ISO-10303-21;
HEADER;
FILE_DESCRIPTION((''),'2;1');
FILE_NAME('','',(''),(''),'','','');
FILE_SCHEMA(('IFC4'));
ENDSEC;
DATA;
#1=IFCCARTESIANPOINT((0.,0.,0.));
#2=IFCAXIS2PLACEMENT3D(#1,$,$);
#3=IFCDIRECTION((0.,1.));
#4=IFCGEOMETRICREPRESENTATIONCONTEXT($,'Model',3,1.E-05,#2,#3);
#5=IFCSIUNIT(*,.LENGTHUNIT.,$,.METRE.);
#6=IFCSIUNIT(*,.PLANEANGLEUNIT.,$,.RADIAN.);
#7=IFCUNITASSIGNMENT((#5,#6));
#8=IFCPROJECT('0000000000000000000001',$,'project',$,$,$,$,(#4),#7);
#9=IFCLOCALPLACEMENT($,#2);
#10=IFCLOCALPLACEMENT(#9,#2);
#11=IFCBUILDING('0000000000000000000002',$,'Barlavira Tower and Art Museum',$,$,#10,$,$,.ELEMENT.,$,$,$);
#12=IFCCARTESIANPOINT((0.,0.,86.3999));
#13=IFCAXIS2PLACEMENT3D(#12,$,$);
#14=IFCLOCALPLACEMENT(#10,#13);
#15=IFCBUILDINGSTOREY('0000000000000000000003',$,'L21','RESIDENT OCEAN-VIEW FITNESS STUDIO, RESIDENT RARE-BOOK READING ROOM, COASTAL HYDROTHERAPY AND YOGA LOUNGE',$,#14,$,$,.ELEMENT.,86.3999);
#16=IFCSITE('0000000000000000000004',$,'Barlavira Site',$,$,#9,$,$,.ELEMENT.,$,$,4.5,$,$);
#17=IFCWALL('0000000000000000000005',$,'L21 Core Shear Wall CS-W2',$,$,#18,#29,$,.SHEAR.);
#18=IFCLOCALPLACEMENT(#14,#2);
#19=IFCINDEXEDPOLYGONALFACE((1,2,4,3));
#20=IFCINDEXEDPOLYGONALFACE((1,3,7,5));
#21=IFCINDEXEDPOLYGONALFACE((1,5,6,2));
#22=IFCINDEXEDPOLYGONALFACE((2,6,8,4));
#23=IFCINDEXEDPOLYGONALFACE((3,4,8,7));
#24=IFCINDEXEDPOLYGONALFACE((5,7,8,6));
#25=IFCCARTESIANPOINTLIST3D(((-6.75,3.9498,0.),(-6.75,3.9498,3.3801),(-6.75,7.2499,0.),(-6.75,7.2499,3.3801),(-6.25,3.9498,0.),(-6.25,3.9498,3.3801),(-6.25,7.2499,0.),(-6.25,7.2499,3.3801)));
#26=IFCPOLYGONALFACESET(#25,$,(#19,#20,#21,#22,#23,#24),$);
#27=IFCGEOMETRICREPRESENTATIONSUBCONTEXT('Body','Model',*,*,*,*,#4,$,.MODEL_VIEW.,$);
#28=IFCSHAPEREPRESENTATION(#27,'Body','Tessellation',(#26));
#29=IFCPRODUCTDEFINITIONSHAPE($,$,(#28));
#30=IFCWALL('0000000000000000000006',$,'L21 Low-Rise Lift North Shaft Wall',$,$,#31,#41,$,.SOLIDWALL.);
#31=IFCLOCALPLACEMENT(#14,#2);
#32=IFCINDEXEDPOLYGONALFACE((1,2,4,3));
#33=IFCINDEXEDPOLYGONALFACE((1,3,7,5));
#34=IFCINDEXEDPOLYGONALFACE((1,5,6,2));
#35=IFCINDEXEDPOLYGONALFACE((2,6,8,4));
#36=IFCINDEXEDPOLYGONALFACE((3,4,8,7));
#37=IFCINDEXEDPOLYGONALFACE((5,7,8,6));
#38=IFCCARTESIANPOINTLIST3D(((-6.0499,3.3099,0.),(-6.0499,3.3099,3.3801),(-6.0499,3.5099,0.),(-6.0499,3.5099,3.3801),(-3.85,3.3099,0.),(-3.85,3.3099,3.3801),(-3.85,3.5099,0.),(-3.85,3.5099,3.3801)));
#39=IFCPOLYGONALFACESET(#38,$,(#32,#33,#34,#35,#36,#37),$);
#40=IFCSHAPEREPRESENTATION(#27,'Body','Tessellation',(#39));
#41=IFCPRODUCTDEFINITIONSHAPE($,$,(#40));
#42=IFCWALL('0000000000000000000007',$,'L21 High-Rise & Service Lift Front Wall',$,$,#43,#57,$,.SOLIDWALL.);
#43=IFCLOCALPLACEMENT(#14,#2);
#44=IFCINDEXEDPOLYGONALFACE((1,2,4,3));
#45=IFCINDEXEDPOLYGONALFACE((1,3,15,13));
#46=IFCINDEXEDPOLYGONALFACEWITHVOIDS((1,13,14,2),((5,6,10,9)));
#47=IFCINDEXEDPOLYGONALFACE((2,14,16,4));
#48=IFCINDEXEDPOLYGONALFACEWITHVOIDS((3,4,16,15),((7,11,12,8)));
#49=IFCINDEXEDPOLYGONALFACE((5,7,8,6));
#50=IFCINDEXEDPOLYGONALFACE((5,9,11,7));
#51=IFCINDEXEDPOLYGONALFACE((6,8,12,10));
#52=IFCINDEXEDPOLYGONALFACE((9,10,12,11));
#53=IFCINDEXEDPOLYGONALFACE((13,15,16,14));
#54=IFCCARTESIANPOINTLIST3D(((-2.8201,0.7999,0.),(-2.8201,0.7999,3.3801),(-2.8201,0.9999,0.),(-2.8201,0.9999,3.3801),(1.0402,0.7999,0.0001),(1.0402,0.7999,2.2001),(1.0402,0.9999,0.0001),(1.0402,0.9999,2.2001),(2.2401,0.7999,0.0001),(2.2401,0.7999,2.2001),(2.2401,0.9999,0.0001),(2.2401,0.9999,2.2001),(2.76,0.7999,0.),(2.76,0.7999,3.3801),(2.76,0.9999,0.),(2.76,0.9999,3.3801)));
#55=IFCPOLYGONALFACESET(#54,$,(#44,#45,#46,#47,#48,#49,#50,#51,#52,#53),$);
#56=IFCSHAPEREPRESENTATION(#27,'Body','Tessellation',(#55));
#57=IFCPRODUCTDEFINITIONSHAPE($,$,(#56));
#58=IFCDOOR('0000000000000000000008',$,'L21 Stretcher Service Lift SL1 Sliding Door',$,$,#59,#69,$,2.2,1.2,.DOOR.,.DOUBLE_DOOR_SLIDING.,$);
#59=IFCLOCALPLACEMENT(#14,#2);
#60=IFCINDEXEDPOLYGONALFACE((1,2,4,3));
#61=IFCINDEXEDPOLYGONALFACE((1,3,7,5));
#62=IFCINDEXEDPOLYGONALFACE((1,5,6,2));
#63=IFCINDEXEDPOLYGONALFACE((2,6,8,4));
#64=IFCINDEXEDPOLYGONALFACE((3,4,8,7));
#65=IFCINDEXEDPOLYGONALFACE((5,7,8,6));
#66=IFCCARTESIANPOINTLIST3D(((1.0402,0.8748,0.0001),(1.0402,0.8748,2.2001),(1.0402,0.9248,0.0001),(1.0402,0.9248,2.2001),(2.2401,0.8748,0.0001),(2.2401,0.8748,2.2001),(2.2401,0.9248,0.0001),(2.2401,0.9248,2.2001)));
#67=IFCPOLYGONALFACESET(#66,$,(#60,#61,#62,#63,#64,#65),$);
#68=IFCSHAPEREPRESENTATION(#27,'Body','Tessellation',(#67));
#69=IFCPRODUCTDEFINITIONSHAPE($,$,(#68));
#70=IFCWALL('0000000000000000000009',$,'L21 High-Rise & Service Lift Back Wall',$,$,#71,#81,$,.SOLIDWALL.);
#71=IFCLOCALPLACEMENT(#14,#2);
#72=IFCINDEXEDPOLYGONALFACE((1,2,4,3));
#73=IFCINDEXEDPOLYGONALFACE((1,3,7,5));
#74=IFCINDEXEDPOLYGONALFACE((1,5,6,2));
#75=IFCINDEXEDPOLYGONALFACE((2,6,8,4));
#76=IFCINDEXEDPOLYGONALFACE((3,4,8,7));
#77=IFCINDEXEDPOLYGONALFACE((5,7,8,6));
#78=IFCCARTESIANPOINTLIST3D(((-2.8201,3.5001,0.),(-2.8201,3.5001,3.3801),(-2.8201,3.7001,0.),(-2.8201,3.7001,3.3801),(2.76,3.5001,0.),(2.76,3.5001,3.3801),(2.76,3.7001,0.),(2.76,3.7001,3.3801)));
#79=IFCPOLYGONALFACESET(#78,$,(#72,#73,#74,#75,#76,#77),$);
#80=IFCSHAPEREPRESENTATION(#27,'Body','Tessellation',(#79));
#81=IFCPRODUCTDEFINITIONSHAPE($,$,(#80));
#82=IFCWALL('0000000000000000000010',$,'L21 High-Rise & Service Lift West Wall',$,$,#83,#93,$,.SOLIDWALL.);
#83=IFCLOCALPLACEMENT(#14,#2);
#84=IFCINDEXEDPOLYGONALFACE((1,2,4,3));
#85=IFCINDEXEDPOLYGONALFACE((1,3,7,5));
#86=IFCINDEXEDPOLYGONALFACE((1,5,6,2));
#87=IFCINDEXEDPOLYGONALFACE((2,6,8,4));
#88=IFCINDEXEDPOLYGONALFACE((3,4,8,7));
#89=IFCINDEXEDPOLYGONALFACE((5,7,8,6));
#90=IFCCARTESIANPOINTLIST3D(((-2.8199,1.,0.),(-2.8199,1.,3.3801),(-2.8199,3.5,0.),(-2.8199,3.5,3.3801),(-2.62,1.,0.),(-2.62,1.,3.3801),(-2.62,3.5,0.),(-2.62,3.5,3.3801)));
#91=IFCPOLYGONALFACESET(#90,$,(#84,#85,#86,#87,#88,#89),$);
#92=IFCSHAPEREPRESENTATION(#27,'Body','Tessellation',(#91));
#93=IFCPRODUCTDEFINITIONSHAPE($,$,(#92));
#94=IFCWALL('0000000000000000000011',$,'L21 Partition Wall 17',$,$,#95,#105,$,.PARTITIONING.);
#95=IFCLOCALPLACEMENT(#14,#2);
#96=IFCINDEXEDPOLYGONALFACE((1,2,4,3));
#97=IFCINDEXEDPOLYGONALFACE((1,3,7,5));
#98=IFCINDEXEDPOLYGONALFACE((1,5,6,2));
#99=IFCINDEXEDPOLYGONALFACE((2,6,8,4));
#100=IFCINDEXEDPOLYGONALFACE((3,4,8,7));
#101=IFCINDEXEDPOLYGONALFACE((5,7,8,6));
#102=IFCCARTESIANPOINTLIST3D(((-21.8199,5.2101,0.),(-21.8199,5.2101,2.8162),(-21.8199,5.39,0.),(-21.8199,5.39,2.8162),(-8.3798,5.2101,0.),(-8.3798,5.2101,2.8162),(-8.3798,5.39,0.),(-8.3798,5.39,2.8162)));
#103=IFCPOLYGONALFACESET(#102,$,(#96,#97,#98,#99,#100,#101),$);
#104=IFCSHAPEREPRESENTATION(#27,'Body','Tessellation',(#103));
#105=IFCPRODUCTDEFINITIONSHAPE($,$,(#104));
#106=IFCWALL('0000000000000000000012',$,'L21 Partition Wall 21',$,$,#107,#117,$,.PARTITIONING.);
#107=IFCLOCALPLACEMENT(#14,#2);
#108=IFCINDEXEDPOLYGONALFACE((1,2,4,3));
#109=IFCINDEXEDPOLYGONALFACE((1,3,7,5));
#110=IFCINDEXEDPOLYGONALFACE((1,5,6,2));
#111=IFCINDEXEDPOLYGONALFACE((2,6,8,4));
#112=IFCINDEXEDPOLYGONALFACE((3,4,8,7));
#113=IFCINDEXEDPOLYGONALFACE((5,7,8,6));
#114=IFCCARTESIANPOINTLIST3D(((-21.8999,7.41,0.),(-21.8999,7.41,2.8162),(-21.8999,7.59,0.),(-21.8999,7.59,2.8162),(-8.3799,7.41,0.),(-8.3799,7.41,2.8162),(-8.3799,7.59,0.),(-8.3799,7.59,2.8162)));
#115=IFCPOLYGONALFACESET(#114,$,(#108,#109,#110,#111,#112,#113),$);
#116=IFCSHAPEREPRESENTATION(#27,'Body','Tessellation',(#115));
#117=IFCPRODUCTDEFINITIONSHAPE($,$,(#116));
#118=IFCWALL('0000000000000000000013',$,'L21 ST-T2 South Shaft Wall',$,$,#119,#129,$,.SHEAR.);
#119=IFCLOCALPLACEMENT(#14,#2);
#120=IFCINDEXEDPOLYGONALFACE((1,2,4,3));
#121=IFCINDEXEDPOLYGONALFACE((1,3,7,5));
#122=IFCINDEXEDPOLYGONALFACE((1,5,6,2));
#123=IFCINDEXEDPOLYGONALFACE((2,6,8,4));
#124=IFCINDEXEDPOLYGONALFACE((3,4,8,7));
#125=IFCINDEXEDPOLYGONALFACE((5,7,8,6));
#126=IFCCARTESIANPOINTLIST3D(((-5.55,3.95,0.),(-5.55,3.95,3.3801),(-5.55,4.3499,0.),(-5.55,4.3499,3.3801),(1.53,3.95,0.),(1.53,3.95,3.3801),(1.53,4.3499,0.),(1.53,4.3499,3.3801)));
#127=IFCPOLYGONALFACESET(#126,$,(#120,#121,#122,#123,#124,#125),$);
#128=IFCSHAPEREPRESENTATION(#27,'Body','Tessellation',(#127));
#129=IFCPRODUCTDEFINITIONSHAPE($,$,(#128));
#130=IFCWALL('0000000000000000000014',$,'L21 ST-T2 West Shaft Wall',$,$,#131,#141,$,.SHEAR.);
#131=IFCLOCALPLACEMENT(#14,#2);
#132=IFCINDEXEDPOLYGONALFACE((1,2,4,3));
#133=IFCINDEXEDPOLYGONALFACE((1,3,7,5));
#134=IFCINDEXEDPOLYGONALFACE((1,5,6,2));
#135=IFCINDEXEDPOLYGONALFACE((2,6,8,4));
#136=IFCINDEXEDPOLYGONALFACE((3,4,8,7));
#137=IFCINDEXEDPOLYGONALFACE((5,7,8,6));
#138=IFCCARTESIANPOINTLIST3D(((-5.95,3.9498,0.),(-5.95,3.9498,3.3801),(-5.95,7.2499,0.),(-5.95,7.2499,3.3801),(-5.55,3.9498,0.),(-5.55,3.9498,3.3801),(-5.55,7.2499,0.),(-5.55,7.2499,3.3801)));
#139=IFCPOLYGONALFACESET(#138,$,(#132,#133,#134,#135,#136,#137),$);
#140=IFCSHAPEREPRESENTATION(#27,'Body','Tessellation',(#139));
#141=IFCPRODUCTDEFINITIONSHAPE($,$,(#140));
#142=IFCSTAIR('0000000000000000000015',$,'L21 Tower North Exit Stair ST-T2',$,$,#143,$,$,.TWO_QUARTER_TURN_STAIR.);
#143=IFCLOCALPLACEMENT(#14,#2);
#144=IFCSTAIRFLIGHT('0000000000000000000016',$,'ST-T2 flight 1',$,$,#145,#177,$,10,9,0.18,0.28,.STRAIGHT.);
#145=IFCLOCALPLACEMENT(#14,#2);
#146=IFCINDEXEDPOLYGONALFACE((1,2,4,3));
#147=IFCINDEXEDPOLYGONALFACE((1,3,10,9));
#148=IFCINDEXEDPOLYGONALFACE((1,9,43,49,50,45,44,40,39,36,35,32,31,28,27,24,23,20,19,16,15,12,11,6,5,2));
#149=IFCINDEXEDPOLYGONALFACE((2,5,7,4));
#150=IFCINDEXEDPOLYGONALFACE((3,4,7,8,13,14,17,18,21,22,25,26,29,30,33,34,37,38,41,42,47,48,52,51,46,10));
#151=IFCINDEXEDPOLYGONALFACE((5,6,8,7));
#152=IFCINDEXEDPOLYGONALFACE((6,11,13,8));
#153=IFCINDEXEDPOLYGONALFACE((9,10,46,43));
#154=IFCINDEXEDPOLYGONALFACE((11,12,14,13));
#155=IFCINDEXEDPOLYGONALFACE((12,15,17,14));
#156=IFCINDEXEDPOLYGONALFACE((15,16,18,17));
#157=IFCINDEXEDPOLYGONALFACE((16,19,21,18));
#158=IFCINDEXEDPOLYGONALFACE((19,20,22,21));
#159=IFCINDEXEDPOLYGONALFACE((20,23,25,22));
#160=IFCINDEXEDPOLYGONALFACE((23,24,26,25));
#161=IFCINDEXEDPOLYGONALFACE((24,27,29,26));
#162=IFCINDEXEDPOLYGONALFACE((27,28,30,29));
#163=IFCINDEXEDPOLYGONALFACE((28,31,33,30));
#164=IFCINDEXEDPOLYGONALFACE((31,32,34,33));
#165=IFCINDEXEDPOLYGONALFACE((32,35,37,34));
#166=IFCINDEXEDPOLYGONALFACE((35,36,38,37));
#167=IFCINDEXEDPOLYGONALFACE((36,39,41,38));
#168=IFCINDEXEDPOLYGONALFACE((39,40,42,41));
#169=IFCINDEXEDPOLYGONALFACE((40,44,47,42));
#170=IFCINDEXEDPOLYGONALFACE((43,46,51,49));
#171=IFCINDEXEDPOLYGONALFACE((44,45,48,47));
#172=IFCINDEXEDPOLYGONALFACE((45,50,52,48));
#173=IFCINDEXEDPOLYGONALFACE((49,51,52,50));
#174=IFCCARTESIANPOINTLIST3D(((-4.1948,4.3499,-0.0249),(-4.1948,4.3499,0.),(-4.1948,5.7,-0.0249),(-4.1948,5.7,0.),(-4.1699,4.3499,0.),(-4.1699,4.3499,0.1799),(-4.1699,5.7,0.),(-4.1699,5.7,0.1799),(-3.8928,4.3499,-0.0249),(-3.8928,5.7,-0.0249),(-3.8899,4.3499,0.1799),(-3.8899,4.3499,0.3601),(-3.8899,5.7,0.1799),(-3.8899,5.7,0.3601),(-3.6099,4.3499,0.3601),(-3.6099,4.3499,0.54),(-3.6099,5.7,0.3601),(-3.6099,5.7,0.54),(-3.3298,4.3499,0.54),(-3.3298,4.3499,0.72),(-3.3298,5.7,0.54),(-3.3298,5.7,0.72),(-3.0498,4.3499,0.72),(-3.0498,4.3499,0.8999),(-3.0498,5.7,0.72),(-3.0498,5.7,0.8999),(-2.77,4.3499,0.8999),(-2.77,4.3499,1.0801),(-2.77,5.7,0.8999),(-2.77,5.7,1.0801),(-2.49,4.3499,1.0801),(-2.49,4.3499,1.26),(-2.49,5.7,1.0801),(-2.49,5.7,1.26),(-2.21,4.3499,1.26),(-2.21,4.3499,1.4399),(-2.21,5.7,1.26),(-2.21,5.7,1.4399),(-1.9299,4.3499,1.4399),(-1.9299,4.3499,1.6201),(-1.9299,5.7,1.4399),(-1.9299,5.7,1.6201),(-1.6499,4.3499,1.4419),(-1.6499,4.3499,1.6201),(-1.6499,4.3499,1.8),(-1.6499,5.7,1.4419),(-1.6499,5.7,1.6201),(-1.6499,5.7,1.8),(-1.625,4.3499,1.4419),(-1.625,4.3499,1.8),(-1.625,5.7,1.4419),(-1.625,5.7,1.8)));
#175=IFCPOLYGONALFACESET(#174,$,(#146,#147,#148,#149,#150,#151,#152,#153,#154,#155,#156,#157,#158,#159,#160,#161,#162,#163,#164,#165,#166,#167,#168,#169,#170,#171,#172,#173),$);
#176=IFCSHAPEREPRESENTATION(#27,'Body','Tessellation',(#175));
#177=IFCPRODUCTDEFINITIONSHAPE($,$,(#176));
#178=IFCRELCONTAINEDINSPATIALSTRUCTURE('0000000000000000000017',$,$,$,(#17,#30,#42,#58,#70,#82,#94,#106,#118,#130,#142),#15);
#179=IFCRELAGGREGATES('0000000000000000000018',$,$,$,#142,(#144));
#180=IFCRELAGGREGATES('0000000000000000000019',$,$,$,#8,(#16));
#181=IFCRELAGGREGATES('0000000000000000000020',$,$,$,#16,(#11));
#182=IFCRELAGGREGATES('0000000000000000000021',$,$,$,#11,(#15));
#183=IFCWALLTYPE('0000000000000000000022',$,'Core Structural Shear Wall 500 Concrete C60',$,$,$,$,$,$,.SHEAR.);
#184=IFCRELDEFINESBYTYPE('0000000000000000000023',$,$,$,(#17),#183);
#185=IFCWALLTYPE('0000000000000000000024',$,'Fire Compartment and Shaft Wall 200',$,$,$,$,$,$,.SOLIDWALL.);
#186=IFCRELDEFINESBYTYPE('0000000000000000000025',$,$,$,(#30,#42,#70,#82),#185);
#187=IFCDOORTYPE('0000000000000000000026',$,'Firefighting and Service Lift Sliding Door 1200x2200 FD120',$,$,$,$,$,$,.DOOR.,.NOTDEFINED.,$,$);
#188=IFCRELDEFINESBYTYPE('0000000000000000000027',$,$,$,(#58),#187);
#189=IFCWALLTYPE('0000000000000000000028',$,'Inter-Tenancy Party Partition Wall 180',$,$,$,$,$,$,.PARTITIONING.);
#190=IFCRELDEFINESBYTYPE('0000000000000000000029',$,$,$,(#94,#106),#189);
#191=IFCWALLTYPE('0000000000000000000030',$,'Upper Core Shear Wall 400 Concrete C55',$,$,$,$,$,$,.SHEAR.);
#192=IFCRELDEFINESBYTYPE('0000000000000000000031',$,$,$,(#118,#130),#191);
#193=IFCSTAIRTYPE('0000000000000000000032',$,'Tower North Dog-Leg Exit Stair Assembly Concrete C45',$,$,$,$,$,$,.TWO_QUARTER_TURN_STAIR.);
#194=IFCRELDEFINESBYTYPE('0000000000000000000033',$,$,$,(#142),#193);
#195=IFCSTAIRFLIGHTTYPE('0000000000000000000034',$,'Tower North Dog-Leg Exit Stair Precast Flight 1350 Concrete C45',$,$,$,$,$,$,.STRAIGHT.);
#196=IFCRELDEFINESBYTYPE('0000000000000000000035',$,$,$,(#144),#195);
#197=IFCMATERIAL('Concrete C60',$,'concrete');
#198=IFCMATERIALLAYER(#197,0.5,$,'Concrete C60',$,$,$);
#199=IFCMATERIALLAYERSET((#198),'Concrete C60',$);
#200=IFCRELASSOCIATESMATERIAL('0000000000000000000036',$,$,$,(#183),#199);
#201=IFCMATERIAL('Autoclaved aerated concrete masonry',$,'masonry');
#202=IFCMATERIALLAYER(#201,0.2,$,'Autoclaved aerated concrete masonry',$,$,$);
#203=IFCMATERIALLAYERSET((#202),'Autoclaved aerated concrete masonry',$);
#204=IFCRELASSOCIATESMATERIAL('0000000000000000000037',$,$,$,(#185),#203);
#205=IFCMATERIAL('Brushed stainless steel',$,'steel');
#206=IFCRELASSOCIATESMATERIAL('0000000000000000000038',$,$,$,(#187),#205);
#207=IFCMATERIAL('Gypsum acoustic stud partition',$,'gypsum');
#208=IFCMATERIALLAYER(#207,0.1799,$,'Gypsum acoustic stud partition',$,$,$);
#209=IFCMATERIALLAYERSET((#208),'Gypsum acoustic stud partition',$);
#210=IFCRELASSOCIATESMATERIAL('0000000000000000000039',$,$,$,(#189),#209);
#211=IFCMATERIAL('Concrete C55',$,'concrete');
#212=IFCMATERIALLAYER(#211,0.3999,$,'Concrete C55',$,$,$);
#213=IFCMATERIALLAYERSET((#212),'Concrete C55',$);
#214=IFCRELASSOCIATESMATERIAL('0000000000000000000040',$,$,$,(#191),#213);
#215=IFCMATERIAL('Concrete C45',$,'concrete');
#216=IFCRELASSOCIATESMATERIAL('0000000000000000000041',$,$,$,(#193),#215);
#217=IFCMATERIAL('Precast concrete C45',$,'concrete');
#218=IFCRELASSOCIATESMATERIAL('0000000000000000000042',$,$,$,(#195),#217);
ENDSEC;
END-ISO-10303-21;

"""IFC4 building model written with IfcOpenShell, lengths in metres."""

from ifc_helpers import new_model, si_unit, direction, frame, frame_2d, origin, place, context, subcontext, project, spatial, polyline, rectangle, outline, extrude, material, layer, layer_set, type_object, element, fill, aggregate, save


model = new_model("IFC4")

# Units and contexts
model_context = context("Model", 3, precision=1e-05, world=origin(), true_north=direction((0.0, 1.0)))
body_context = subcontext(model_context, "Body", "Model", "MODEL_VIEW")
ifc_project = project(units=[si_unit("LENGTHUNIT", "METRE"), si_unit("PLANEANGLEUNIT", "RADIAN")], contexts=[model_context])

# Site, building, storey
site_placement = place(None, origin())
site = spatial("IfcSite", under=ifc_project, at=site_placement, Name="Barlavira Site", CompositionType="ELEMENT", RefElevation=4.5)
building_placement = place(site_placement, origin())
building = spatial("IfcBuilding", under=site, at=building_placement, Name="Barlavira Tower and Art Museum", CompositionType="ELEMENT")
storey_placement = place(building_placement, frame((0.0, 0.0, 86.3999)))
storey = spatial("IfcBuildingStorey", under=building, at=storey_placement, Name="L21", Description="RESIDENT OCEAN-VIEW FITNESS STUDIO, RESIDENT RARE-BOOK READING ROOM, COASTAL HYDROTHERAPY AND YOGA LOUNGE", CompositionType="ELEMENT", Elevation=86.3999)

# Shared definitions
ifc_material_1 = material(Name="Concrete C60", Category="concrete")

# Walls
ifc_layer_1 = layer(ifc_material_1, 0.5, Name="Concrete C60")
ifc_layer_set_1 = layer_set([ifc_layer_1], Name="Concrete C60")
wall_type_1 = type_object("IfcWallType", Name="Core Structural Shear Wall 500 Concrete C60", PredefinedType="SHEAR", material=ifc_layer_set_1)
wall_1_placement = place(storey_placement, frame((-6.5, 3.95, 0.0), z_axis=(0.0, 0.0, 1.0), x_axis=(0.0, 1.0, 0.0)))
element("IfcWall", 1, at=wall_1_placement, inside=storey, type_object=wall_type_1, Name="L21 Core Shear Wall CS-W2", PredefinedType="SHEAR", context=body_context, shape_type="SweptSolid", body=[
    extrude(rectangle(XDim=3.3, YDim=0.5, at=frame_2d((1.6499, 0.0))), origin(), (0.0, 0.0, 1.0), 3.3801),
])
ifc_material_2 = material(Name="Autoclaved aerated concrete masonry", Category="masonry")
ifc_layer_2 = layer(ifc_material_2, 0.2, Name="Autoclaved aerated concrete masonry")
ifc_layer_set_2 = layer_set([ifc_layer_2], Name="Autoclaved aerated concrete masonry")
wall_type_2 = type_object("IfcWallType", Name="Fire Compartment and Shaft Wall 200", PredefinedType="SOLIDWALL", material=ifc_layer_set_2)
wall_2_placement = place(storey_placement, frame((-6.05, 3.4099, 0.0), z_axis=(0.0, 0.0, 1.0), x_axis=(1.0, 0.0, 0.0)))
element("IfcWall", 2, at=wall_2_placement, inside=storey, type_object=wall_type_2, Name="L21 Low-Rise Lift North Shaft Wall", PredefinedType="SOLIDWALL", context=body_context, shape_type="SweptSolid", body=[
    extrude(rectangle(XDim=2.2, YDim=0.2, at=frame_2d((1.1001, 0.0))), origin(), (0.0, 0.0, 1.0), 3.3801),
])

# Wall, opening, door
wall_3_placement = place(storey_placement, frame((-2.8201, 0.8999, 0.0), z_axis=(0.0, 0.0, 1.0), x_axis=(1.0, 0.0, 0.0)))
wall_3 = element("IfcWall", 3, at=wall_3_placement, inside=storey, type_object=wall_type_2, Name="L21 High-Rise & Service Lift Front Wall", PredefinedType="SOLIDWALL", context=body_context, shape_type="SweptSolid", body=[
    extrude(rectangle(XDim=5.5801, YDim=0.2, at=frame_2d((2.79, 0.0))), origin(), (0.0, 0.0, 1.0), 3.3801),
])
opening_placement = place(wall_3_placement, frame((3.8601, 0.0, 0.0)))
opening = element("IfcOpeningElement", 4, at=opening_placement, cuts=wall_3, PredefinedType="OPENING", context=body_context, shape_type="SweptSolid", body=[
    extrude(rectangle(XDim=1.2, YDim=2.2, at=frame_2d((0.6001, 1.1001))), frame((0.0, 0.1099, 0.0), z_axis=(0.0, -1.0, 0.0), x_axis=(1.0, 0.0, 0.0)), (0.0, 0.0, 1.0), 0.22),
])
ifc_material_3 = material(Name="Brushed stainless steel", Category="steel")
door_type = type_object("IfcDoorType", Name="Firefighting and Service Lift Sliding Door 1200x2200 FD120", OperationType="NOTDEFINED", PredefinedType="DOOR", material=ifc_material_3)
door_placement = place(opening_placement, origin())
door = element("IfcDoor", 5, at=door_placement, inside=storey, type_object=door_type, Name="L21 Stretcher Service Lift SL1 Sliding Door", OperationType="DOUBLE_DOOR_SLIDING", OverallHeight=2.2, OverallWidth=1.2, PredefinedType="DOOR", context=body_context, shape_type="SweptSolid", body=[
    extrude(rectangle(XDim=1.2, YDim=2.2, at=frame_2d((0.6001, 1.1001))), frame((0.0, 0.0249, 0.0), z_axis=(0.0, -1.0, 0.0), x_axis=(1.0, 0.0, 0.0)), (0.0, 0.0, 1.0), 0.05),
])
fill(opening, door)

# Walls
wall_4_placement = place(storey_placement, frame((-2.8201, 3.6001, 0.0), z_axis=(0.0, 0.0, 1.0), x_axis=(1.0, 0.0, 0.0)))
element("IfcWall", 6, at=wall_4_placement, inside=storey, type_object=wall_type_2, Name="L21 High-Rise & Service Lift Back Wall", PredefinedType="SOLIDWALL", context=body_context, shape_type="SweptSolid", body=[
    extrude(rectangle(XDim=5.5801, YDim=0.2, at=frame_2d((2.79, 0.0))), origin(), (0.0, 0.0, 1.0), 3.3801),
])
wall_5_placement = place(storey_placement, frame((-2.72, 1.0, 0.0), z_axis=(0.0, 0.0, 1.0), x_axis=(0.0, 1.0, 0.0)))
element("IfcWall", 7, at=wall_5_placement, inside=storey, type_object=wall_type_2, Name="L21 High-Rise & Service Lift West Wall", PredefinedType="SOLIDWALL", context=body_context, shape_type="SweptSolid", body=[
    extrude(rectangle(XDim=2.5, YDim=0.2, at=frame_2d((1.25, 0.0))), origin(), (0.0, 0.0, 1.0), 3.3801),
])
ifc_material_4 = material(Name="Gypsum acoustic stud partition", Category="gypsum")
ifc_layer_3 = layer(ifc_material_4, 0.1799, Name="Gypsum acoustic stud partition")
ifc_layer_set_3 = layer_set([ifc_layer_3], Name="Gypsum acoustic stud partition")
wall_type_3 = type_object("IfcWallType", Name="Inter-Tenancy Party Partition Wall 180", PredefinedType="PARTITIONING", material=ifc_layer_set_3)
wall_6_placement = place(storey_placement, frame((-21.8201, 5.3, 0.0), z_axis=(0.0, 0.0, 1.0), x_axis=(1.0, 0.0, 0.0)))
element("IfcWall", 8, at=wall_6_placement, inside=storey, type_object=wall_type_3, Name="L21 Partition Wall 17", PredefinedType="PARTITIONING", context=body_context, shape_type="SweptSolid", body=[
    extrude(rectangle(XDim=13.4402, YDim=0.1799, at=frame_2d((6.7202, 0.0))), origin(), (0.0, 0.0, 1.0), 2.8162),
])
wall_7_placement = place(storey_placement, frame((-21.8999, 7.5, 0.0), z_axis=(0.0, 0.0, 1.0), x_axis=(1.0, 0.0, 0.0)))
element("IfcWall", 9, at=wall_7_placement, inside=storey, type_object=wall_type_3, Name="L21 Partition Wall 21", PredefinedType="PARTITIONING", context=body_context, shape_type="SweptSolid", body=[
    extrude(rectangle(XDim=13.52, YDim=0.1799, at=frame_2d((6.76, 0.0))), origin(), (0.0, 0.0, 1.0), 2.8162),
])
ifc_material_5 = material(Name="Concrete C55", Category="concrete")
ifc_layer_4 = layer(ifc_material_5, 0.3999, Name="Concrete C55")
ifc_layer_set_4 = layer_set([ifc_layer_4], Name="Concrete C55")
wall_type_4 = type_object("IfcWallType", Name="Upper Core Shear Wall 400 Concrete C55", PredefinedType="SHEAR", material=ifc_layer_set_4)
wall_8_placement = place(storey_placement, frame((-5.55, 4.1499, 0.0), z_axis=(0.0, 0.0, 1.0), x_axis=(1.0, 0.0, 0.0)))
element("IfcWall", 10, at=wall_8_placement, inside=storey, type_object=wall_type_4, Name="L21 ST-T2 South Shaft Wall", PredefinedType="SHEAR", context=body_context, shape_type="SweptSolid", body=[
    extrude(rectangle(XDim=7.0801, YDim=0.3999, at=frame_2d((3.54, 0.0))), origin(), (0.0, 0.0, 1.0), 3.3801),
])
wall_9_placement = place(storey_placement, frame((-5.75, 3.95, 0.0), z_axis=(0.0, 0.0, 1.0), x_axis=(0.0, 1.0, 0.0)))
element("IfcWall", 11, at=wall_9_placement, inside=storey, type_object=wall_type_4, Name="L21 ST-T2 West Shaft Wall", PredefinedType="SHEAR", context=body_context, shape_type="SweptSolid", body=[
    extrude(rectangle(XDim=3.3, YDim=0.3999, at=frame_2d((1.6499, 0.0))), origin(), (0.0, 0.0, 1.0), 3.3801),
])

# Stair, stair flight
ifc_material_6 = material(Name="Concrete C45", Category="concrete")
stair_type = type_object("IfcStairType", Name="Tower North Dog-Leg Exit Stair Assembly Concrete C45", PredefinedType="TWO_QUARTER_TURN_STAIR", material=ifc_material_6)
stair_placement = place(storey_placement, origin())
stair = element("IfcStair", 12, at=stair_placement, inside=storey, type_object=stair_type, Name="L21 Tower North Exit Stair ST-T2", PredefinedType="TWO_QUARTER_TURN_STAIR")
ifc_material_7 = material(Name="Precast concrete C45", Category="concrete")
stair_flight_type = type_object("IfcStairFlightType", Name="Tower North Dog-Leg Exit Stair Precast Flight 1350 Concrete C45", PredefinedType="STRAIGHT", material=ifc_material_7)
stair_flight_1_placement = place(storey_placement, frame((-4.1699, 5.0249, 0.0), z_axis=(0.0, 0.0, 1.0), x_axis=(1.0, 0.0, 0.0)))
stair_flight_1 = element("IfcStairFlight", 13, at=stair_flight_1_placement, type_object=stair_flight_type, Name="ST-T2 flight 1", NumberOfRisers=10, NumberOfTreads=9, PredefinedType="STRAIGHT", RiserHeight=0.18, TreadLength=0.28, context=body_context, shape_type="SweptSolid", body=[
    extrude(outline(polyline([(-0.0249, 0.0), (0.0, 0.0), (0.0, 0.1799), (0.28, 0.1799), (0.28, 0.3601), (0.5601, 0.3601), (0.5601, 0.54), (0.8401, 0.54), (0.8401, 0.72), (1.1201, 0.72), (1.1201, 0.8999), (1.3999, 0.8999), (1.3999, 1.0801), (1.6799, 1.0801), (1.6799, 1.26), (1.96, 1.26), (1.96, 1.4399), (2.24, 1.4399), (2.24, 1.6201), (2.52, 1.6201), (2.52, 1.8), (2.5449, 1.8), (2.5449, 1.4419), (2.52, 1.4419), (0.2771, -0.0249), (-0.0249, -0.0249), (-0.0249, 0.0)])), frame((0.0, 0.675, 0.0), z_axis=(0.0, -1.0, 0.0), x_axis=(1.0, 0.0, 0.0)), (0.0, 0.0, 1.0), 1.3501),
])
aggregate(stair, [stair_flight_1])

save(model, "model.ifc")
